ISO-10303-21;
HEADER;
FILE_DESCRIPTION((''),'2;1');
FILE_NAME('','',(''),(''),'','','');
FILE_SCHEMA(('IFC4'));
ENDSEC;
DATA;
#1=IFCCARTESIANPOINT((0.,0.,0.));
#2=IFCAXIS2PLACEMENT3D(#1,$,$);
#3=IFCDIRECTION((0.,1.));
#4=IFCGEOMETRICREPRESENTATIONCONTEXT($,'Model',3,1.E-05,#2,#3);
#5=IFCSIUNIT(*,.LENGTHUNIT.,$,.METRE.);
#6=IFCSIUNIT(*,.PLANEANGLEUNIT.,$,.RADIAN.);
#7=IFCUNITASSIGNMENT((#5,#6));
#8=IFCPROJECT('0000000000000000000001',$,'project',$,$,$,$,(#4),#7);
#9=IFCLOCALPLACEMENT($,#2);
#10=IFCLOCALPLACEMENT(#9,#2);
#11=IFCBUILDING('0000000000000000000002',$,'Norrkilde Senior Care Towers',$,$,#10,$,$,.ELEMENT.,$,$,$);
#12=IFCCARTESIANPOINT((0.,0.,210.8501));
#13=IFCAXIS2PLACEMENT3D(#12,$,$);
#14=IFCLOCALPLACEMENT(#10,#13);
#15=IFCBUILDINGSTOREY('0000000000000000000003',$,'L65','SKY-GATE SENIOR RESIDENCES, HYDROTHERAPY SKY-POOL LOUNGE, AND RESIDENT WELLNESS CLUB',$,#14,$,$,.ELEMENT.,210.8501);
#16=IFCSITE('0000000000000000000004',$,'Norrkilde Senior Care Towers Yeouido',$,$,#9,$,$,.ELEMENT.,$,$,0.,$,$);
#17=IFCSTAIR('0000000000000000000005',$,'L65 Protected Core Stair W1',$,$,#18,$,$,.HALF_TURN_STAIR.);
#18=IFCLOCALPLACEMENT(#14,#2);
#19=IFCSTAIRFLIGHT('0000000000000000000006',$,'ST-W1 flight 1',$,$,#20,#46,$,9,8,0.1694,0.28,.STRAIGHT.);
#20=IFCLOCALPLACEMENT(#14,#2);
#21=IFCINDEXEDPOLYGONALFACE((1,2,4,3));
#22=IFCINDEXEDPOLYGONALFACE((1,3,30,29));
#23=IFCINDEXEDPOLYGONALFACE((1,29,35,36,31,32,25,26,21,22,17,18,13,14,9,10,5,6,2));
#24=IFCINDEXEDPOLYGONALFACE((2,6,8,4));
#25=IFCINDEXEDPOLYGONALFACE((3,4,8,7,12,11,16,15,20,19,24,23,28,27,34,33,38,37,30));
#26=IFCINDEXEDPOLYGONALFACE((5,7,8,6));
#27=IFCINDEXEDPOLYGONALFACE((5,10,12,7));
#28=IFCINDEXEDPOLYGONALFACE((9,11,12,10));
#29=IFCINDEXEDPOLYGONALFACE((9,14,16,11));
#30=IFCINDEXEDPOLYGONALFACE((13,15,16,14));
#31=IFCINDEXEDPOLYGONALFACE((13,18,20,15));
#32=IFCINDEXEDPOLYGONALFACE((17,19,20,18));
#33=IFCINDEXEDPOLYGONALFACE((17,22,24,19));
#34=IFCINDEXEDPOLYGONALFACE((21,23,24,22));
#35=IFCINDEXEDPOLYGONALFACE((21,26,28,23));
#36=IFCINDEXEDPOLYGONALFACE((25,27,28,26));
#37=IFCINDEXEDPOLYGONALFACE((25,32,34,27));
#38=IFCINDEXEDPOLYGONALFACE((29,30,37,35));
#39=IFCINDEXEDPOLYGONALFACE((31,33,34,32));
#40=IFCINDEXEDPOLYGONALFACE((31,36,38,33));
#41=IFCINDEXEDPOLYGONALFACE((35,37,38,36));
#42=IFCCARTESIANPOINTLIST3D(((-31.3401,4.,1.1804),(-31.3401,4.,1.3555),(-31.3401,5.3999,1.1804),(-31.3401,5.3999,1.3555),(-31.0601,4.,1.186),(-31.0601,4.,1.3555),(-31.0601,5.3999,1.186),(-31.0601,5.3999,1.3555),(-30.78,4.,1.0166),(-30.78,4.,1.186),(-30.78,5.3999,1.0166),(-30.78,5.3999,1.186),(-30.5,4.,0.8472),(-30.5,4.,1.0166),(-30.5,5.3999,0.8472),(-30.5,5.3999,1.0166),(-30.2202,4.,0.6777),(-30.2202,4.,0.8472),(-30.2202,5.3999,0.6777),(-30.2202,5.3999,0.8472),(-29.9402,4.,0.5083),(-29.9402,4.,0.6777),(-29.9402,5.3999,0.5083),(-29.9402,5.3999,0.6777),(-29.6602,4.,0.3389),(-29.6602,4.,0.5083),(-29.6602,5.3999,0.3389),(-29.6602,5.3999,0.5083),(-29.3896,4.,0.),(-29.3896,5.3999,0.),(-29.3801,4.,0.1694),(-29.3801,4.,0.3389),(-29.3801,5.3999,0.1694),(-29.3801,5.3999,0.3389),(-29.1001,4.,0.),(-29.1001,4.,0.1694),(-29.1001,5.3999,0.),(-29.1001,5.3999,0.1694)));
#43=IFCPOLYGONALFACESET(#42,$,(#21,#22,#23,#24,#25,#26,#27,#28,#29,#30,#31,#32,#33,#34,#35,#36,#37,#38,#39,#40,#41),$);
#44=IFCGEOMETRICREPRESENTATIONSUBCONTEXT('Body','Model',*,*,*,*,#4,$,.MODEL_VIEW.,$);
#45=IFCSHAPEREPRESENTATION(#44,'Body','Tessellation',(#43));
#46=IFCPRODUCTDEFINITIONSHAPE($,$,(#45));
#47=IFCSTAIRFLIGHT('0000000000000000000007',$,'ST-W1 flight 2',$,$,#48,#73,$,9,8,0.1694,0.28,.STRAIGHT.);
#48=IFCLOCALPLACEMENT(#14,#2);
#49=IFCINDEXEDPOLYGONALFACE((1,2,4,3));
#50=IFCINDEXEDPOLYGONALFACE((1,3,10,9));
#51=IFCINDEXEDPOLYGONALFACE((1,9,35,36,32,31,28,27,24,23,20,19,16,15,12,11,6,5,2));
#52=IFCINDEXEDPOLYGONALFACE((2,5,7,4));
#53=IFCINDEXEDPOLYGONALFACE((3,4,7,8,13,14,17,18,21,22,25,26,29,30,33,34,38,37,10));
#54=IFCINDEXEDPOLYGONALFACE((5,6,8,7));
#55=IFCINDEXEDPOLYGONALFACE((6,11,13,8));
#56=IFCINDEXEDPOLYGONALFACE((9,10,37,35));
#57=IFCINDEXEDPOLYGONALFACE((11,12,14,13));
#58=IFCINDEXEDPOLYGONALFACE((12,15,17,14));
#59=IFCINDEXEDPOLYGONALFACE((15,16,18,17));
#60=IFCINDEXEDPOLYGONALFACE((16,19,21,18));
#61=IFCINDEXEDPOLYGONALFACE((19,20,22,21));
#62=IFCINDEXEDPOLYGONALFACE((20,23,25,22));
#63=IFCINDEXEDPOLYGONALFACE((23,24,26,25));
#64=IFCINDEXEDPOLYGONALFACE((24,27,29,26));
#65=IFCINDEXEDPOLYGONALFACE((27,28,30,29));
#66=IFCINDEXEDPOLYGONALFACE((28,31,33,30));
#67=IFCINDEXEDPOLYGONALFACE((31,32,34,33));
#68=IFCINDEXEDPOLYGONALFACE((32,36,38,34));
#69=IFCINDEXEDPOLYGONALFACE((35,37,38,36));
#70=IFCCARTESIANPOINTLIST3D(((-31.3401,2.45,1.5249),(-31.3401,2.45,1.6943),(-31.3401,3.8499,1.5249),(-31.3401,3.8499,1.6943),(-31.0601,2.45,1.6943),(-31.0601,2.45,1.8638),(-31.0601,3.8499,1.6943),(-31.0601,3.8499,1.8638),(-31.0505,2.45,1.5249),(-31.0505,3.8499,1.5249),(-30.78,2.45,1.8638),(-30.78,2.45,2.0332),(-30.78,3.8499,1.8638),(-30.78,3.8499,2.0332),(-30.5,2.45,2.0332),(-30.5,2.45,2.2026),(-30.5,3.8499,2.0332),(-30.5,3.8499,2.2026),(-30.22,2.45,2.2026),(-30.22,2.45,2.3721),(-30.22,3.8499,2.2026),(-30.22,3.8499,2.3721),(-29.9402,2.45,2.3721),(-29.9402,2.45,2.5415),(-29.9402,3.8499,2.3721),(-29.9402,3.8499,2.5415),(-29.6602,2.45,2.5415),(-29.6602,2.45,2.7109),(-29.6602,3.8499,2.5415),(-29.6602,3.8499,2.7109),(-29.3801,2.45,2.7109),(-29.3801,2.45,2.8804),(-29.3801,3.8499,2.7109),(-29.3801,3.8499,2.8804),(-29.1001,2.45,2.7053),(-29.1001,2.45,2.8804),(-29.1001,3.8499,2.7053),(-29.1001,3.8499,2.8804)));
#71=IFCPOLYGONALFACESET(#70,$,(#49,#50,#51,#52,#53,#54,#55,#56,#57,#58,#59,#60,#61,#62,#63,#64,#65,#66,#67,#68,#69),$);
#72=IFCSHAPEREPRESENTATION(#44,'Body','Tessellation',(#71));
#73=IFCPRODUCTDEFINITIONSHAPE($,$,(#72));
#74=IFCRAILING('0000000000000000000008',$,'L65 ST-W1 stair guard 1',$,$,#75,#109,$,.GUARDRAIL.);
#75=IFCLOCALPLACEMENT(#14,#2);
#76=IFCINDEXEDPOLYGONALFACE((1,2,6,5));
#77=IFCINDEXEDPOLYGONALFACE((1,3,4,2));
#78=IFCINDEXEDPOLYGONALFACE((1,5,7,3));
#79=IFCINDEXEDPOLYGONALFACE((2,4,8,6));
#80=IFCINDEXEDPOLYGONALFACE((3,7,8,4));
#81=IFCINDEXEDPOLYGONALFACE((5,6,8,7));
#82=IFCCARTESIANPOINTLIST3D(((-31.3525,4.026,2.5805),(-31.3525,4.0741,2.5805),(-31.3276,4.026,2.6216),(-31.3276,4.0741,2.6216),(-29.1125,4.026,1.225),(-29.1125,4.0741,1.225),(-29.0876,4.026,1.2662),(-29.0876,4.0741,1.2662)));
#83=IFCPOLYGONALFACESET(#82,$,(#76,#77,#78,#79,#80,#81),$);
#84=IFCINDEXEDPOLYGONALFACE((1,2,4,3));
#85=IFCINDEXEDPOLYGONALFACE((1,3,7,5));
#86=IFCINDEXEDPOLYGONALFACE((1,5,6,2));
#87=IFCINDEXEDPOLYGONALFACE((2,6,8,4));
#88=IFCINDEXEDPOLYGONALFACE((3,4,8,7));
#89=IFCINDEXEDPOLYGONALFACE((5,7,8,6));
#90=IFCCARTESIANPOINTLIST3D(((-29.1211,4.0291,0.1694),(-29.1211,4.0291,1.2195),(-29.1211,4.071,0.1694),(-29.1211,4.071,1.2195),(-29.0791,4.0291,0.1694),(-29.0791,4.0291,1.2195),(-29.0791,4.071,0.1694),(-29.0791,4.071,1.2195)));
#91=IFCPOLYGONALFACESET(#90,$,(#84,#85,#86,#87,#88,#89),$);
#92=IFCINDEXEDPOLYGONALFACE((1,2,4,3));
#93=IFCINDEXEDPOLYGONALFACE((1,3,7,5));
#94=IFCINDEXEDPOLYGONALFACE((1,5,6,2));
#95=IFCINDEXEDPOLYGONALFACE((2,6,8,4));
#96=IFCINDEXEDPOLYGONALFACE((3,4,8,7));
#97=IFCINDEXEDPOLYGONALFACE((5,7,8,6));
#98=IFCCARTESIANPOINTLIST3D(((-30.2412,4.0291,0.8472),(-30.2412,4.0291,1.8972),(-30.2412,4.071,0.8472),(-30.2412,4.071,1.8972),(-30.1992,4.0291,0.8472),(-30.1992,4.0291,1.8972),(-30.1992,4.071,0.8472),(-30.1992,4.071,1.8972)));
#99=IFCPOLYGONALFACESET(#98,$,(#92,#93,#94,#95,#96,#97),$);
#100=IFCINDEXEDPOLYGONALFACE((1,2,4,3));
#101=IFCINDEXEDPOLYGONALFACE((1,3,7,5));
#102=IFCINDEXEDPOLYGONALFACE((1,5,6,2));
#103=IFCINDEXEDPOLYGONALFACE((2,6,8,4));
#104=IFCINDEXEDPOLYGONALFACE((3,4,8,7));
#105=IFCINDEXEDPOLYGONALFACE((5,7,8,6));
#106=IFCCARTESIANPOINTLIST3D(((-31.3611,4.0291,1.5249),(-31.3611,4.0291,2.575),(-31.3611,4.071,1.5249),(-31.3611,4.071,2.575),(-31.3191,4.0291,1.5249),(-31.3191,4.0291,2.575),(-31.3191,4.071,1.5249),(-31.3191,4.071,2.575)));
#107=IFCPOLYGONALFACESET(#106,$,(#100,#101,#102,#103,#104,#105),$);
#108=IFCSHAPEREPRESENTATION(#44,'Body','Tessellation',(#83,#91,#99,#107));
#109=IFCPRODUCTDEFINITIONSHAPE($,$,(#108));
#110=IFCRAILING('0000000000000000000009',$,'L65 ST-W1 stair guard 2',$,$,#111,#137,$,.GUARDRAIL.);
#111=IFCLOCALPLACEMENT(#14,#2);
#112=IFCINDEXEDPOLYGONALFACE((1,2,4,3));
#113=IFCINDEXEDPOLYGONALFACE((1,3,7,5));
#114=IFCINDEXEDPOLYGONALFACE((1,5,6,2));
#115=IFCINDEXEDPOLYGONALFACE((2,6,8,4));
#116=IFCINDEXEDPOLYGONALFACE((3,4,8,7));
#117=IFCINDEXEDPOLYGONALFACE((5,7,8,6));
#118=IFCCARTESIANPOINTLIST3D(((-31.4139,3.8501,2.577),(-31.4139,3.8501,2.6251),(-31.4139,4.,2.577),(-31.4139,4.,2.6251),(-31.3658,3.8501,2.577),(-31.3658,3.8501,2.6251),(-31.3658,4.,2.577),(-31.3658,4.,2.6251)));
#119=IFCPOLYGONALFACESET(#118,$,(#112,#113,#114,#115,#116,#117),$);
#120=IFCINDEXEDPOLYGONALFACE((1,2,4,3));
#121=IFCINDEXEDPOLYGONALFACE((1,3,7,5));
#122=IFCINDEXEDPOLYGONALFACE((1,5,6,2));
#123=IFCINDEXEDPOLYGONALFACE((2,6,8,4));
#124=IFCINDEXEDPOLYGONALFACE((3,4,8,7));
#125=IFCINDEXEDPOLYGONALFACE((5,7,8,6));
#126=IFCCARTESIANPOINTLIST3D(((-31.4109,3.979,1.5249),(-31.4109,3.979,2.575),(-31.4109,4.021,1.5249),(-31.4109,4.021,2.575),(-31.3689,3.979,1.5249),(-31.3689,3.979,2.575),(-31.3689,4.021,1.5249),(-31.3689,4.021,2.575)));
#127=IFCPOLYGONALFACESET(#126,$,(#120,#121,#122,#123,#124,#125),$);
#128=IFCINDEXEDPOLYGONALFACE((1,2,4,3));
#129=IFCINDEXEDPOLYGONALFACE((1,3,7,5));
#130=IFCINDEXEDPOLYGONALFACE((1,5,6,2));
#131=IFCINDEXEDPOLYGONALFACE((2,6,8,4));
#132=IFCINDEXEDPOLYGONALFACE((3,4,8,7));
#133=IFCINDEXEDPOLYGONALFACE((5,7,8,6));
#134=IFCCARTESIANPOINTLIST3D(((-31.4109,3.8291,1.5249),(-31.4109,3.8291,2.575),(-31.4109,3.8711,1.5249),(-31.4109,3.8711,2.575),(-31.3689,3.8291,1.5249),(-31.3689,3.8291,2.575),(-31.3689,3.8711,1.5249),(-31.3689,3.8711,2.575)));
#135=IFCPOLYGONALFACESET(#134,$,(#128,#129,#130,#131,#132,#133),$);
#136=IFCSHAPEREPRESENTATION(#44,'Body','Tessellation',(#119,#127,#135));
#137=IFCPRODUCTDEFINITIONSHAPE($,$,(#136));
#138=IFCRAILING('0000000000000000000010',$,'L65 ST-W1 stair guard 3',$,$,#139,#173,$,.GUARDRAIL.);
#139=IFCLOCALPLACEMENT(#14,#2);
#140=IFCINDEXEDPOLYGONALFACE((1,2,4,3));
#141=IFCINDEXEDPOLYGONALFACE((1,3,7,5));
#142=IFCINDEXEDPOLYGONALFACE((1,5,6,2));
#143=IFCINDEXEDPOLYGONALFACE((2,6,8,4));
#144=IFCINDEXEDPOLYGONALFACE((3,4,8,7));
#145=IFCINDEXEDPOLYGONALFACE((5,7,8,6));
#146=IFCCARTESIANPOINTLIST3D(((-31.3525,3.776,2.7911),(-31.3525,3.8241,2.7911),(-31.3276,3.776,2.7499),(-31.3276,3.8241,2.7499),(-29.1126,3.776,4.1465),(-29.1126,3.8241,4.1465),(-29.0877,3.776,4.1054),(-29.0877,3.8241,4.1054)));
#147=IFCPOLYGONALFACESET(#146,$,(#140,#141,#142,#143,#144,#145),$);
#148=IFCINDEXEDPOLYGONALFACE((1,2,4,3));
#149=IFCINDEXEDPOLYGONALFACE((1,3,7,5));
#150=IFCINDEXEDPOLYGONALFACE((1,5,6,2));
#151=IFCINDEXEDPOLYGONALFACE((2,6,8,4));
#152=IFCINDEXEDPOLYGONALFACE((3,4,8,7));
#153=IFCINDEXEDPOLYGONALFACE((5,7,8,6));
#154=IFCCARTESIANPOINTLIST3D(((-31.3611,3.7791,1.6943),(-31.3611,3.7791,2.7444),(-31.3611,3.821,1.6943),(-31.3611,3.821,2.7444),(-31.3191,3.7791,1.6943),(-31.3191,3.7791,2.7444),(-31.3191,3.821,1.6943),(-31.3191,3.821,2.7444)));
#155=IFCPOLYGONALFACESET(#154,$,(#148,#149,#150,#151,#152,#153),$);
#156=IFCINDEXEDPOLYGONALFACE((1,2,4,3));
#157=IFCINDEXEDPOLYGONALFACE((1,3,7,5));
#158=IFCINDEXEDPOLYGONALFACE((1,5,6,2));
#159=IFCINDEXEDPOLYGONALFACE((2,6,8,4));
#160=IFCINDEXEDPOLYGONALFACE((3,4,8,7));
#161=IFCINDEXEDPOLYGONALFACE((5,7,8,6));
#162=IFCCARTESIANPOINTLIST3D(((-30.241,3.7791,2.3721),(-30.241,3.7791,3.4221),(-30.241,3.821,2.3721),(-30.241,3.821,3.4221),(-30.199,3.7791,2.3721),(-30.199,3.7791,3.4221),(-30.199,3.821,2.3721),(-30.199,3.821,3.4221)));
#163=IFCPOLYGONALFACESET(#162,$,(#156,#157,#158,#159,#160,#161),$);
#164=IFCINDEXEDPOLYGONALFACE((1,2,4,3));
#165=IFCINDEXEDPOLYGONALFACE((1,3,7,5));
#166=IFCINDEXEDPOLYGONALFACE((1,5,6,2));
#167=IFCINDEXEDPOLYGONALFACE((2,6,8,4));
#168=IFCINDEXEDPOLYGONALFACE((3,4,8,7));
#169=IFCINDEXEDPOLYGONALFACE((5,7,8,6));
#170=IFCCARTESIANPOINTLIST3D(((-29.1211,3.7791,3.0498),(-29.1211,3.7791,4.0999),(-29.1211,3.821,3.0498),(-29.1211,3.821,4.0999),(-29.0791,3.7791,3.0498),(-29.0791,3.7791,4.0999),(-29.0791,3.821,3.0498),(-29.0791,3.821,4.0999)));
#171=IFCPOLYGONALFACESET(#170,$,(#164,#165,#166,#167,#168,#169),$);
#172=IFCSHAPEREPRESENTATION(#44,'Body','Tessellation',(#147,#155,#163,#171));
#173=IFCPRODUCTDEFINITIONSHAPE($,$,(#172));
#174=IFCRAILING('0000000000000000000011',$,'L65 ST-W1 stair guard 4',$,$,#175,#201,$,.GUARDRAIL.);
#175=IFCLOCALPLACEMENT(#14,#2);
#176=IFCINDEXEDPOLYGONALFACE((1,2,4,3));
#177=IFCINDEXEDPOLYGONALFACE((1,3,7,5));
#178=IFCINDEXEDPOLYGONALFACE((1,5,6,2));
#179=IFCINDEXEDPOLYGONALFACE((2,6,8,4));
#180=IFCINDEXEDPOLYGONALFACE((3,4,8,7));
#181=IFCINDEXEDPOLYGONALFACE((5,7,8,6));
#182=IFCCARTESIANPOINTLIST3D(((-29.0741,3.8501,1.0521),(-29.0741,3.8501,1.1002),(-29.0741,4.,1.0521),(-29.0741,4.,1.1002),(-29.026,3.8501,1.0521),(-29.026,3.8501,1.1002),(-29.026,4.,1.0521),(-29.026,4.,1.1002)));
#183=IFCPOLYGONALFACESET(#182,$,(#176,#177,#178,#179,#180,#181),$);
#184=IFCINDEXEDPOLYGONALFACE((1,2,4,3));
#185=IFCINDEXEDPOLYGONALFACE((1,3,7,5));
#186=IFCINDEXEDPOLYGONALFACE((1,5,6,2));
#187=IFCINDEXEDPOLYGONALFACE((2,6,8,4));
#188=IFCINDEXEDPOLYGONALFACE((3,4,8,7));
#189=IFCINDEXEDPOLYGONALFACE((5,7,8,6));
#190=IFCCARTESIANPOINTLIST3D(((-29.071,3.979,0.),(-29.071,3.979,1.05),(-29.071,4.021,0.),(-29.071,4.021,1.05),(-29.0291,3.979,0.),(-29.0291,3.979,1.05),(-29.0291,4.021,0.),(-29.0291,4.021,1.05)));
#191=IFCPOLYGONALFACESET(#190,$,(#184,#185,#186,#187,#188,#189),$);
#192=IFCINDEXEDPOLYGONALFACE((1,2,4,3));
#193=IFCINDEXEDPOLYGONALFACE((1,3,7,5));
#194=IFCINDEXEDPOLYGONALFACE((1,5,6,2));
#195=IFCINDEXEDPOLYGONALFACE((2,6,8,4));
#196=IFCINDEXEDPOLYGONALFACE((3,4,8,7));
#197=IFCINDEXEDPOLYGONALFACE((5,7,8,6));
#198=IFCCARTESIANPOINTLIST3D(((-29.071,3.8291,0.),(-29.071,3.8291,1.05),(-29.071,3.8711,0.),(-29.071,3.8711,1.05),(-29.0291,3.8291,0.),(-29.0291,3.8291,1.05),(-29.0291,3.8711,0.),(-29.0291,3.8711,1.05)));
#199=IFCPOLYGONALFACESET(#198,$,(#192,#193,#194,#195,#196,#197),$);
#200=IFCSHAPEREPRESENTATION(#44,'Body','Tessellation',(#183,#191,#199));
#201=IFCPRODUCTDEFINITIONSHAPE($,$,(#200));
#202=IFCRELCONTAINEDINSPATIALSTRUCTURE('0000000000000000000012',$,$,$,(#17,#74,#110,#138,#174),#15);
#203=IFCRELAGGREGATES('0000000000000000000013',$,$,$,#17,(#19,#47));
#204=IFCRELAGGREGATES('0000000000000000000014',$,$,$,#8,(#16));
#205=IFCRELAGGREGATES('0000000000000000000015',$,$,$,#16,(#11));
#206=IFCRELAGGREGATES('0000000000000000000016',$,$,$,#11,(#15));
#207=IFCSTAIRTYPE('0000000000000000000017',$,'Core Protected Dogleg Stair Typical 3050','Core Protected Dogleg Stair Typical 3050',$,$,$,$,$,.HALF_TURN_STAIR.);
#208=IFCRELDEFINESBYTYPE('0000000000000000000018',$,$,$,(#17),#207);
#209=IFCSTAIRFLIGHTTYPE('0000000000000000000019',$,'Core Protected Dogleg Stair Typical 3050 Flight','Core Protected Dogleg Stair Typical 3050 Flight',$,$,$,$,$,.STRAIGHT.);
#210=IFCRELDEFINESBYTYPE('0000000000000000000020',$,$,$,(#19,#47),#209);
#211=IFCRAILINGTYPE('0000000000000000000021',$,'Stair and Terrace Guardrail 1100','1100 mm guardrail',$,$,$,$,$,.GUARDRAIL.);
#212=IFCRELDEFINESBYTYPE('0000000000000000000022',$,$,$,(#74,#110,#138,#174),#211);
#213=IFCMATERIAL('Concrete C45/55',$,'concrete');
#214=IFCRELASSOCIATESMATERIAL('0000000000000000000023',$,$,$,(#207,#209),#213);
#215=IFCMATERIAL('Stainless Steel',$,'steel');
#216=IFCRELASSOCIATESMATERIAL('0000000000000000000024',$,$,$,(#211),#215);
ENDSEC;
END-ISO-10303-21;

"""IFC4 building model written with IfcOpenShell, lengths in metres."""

from ifc_helpers import new_model, si_unit, direction, frame, origin, origin_2d, place, context, subcontext, project, spatial, polyline, rectangle, outline, extrude, material, type_object, element, aggregate, save


model = new_model("IFC4")

# Units and contexts
model_context = context("Model", 3, precision=1e-05, world=origin(), true_north=direction((0.0, 1.0)))
body_context = subcontext(model_context, "Body", "Model", "MODEL_VIEW")
ifc_project = project(units=[si_unit("LENGTHUNIT", "METRE"), si_unit("PLANEANGLEUNIT", "RADIAN")], contexts=[model_context])

# Site, building, storey
site_placement = place(None, origin())
site = spatial("IfcSite", under=ifc_project, at=site_placement, Name="Norrkilde Senior Care Towers Yeouido", CompositionType="ELEMENT", RefElevation=0.0)
building_placement = place(site_placement, origin())
building = spatial("IfcBuilding", under=site, at=building_placement, Name="Norrkilde Senior Care Towers", CompositionType="ELEMENT")
storey_placement = place(building_placement, frame((0.0, 0.0, 210.8501)))
storey = spatial("IfcBuildingStorey", under=building, at=storey_placement, Name="L65", Description="SKY-GATE SENIOR RESIDENCES, HYDROTHERAPY SKY-POOL LOUNGE, AND RESIDENT WELLNESS CLUB", CompositionType="ELEMENT", Elevation=210.8501)

# Shared definitions
ifc_material_1 = material(Name="Concrete C45/55", Category="concrete")

# Shared definitions
ifc_material_2 = material(Name="Stainless Steel", Category="steel")

# Stair, stair flights
stair_type = type_object("IfcStairType", Name="Core Protected Dogleg Stair Typical 3050", Description="Core Protected Dogleg Stair Typical 3050", PredefinedType="HALF_TURN_STAIR", material=ifc_material_1)
stair_placement = place(storey_placement, origin())
stair = element("IfcStair", 1, at=stair_placement, inside=storey, type_object=stair_type, Name="L65 Protected Core Stair W1", PredefinedType="HALF_TURN_STAIR")
stair_flight_type = type_object("IfcStairFlightType", Name="Core Protected Dogleg Stair Typical 3050 Flight", Description="Core Protected Dogleg Stair Typical 3050 Flight", PredefinedType="STRAIGHT", material=ifc_material_1)
stair_flight_1_placement = place(storey_placement, frame((-29.1001, 4.7, 0.0), z_axis=(0.0, 0.0, 1.0), x_axis=(-1.0, 0.0, 0.0)))
stair_flight_1 = element("IfcStairFlight", 2, at=stair_flight_1_placement, type_object=stair_flight_type, Name="ST-W1 flight 1", NumberOfRisers=9, NumberOfTreads=8, PredefinedType="STRAIGHT", RiserHeight=0.1694, TreadLength=0.28, context=body_context, shape_type="SweptSolid", body=[
    extrude(outline(polyline([(0.0, 0.0), (0.0, 0.1694), (0.28, 0.1694), (0.28, 0.3389), (0.5601, 0.3389), (0.5601, 0.5083), (0.8401, 0.5083), (0.8401, 0.6777), (1.1201, 0.6777), (1.1201, 0.8472), (1.3999, 0.8472), (1.3999, 1.0166), (1.6799, 1.0166), (1.6799, 1.186), (1.96, 1.186), (1.96, 1.3555), (2.24, 1.3555), (2.24, 1.5249), (2.24, 1.1804), (0.2896, 0.0), (0.0, 0.0)])), frame((0.0, 0.7, 0.0), z_axis=(0.0, -1.0, 0.0), x_axis=(1.0, 0.0, 0.0)), (0.0, 0.0, 1.0), 1.3999),
])
stair_flight_2_placement = place(storey_placement, frame((-31.3401, 3.1499, 1.5249), z_axis=(0.0, 0.0, 1.0), x_axis=(1.0, 0.0, 0.0)))
stair_flight_2 = element("IfcStairFlight", 3, at=stair_flight_2_placement, type_object=stair_flight_type, Name="ST-W1 flight 2", NumberOfRisers=9, NumberOfTreads=8, PredefinedType="STRAIGHT", RiserHeight=0.1694, TreadLength=0.28, context=body_context, shape_type="SweptSolid", body=[
    extrude(outline(polyline([(0.0, 0.0), (0.0, 0.1694), (0.28, 0.1694), (0.28, 0.3389), (0.5601, 0.3389), (0.5601, 0.5083), (0.8401, 0.5083), (0.8401, 0.6777), (1.1201, 0.6777), (1.1201, 0.8472), (1.3999, 0.8472), (1.3999, 1.0166), (1.6799, 1.0166), (1.6799, 1.186), (1.96, 1.186), (1.96, 1.3555), (2.24, 1.3555), (2.24, 1.5249), (2.24, 1.1804), (0.2896, 0.0), (0.0, 0.0)])), frame((0.0, 0.7, 0.0), z_axis=(0.0, -1.0, 0.0), x_axis=(1.0, 0.0, 0.0)), (0.0, 0.0, 1.0), 1.3999),
])
aggregate(stair, [stair_flight_1, stair_flight_2])

# Railings
railing_type_1 = type_object("IfcRailingType", Name="Stair and Terrace Guardrail 1100", Description="1100 mm guardrail", PredefinedType="GUARDRAIL", material=ifc_material_2)
railing_1_placement = place(storey_placement, frame((-29.1001, 4.05, 0.1694)))
element("IfcRailing", 4, at=railing_1_placement, inside=storey, type_object=railing_type_1, Name="L65 ST-W1 stair guard 1", PredefinedType="GUARDRAIL", context=body_context, shape_type="SweptSolid", body=[
    extrude(rectangle(XDim=0.0481, YDim=0.0481, at=origin_2d()), frame((0.0, 0.0, 1.0762), z_axis=(-0.855553, 0.0, 0.517715), x_axis=(0.0, -1.0, 0.0)), (0.0, 0.0, 1.0), 2.6182),
    extrude(rectangle(XDim=0.042, YDim=0.042, at=origin_2d()), origin(), (0.0, 0.0, 1.0), 1.05),
    extrude(rectangle(XDim=0.042, YDim=0.042, at=origin_2d()), frame((-1.1201, 0.0, 0.6777)), (0.0, 0.0, 1.0), 1.05),
    extrude(rectangle(XDim=0.042, YDim=0.042, at=origin_2d()), frame((-2.24, 0.0, 1.3555)), (0.0, 0.0, 1.0), 1.05),
])
railing_2_placement = place(storey_placement, frame((-31.3899, 4.0, 1.5249)))
element("IfcRailing", 5, at=railing_2_placement, inside=storey, type_object=railing_type_1, Name="L65 ST-W1 stair guard 2", PredefinedType="GUARDRAIL", context=body_context, shape_type="SweptSolid", body=[
    extrude(rectangle(XDim=0.0481, YDim=0.0481, at=origin_2d()), frame((0.0, 0.0, 1.0762), z_axis=(0.0, -1.0, 0.0), x_axis=(1.0, 0.0, 0.0)), (0.0, 0.0, 1.0), 0.1499),
    extrude(rectangle(XDim=0.042, YDim=0.042, at=origin_2d()), origin(), (0.0, 0.0, 1.0), 1.05),
    extrude(rectangle(XDim=0.042, YDim=0.042, at=origin_2d()), frame((0.0, -0.1499, 0.0)), (0.0, 0.0, 1.0), 1.05),
])
railing_3_placement = place(storey_placement, frame((-31.3401, 3.8, 1.6943)))
element("IfcRailing", 6, at=railing_3_placement, inside=storey, type_object=railing_type_1, Name="L65 ST-W1 stair guard 3", PredefinedType="GUARDRAIL", context=body_context, shape_type="SweptSolid", body=[
    extrude(rectangle(XDim=0.0481, YDim=0.0481, at=origin_2d()), frame((0.0, 0.0, 1.0762), z_axis=(0.855553, 0.0, 0.517715), x_axis=(0.0, 1.0, 0.0)), (0.0, 0.0, 1.0), 2.6182),
    extrude(rectangle(XDim=0.042, YDim=0.042, at=origin_2d()), origin(), (0.0, 0.0, 1.0), 1.05),
    extrude(rectangle(XDim=0.042, YDim=0.042, at=origin_2d()), frame((1.1201, 0.0, 0.6777)), (0.0, 0.0, 1.0), 1.05),
    extrude(rectangle(XDim=0.042, YDim=0.042, at=origin_2d()), frame((2.24, 0.0, 1.3555)), (0.0, 0.0, 1.0), 1.05),
])
railing_4_placement = place(storey_placement, frame((-29.05, 4.0, 0.0)))
element("IfcRailing", 7, at=railing_4_placement, inside=storey, type_object=railing_type_1, Name="L65 ST-W1 stair guard 4", PredefinedType="GUARDRAIL", context=body_context, shape_type="SweptSolid", body=[
    extrude(rectangle(XDim=0.0481, YDim=0.0481, at=origin_2d()), frame((0.0, 0.0, 1.0762), z_axis=(0.0, -1.0, 0.0), x_axis=(1.0, 0.0, 0.0)), (0.0, 0.0, 1.0), 0.1499),
    extrude(rectangle(XDim=0.042, YDim=0.042, at=origin_2d()), origin(), (0.0, 0.0, 1.0), 1.05),
    extrude(rectangle(XDim=0.042, YDim=0.042, at=origin_2d()), frame((0.0, -0.1499, 0.0)), (0.0, 0.0, 1.0), 1.05),
])

save(model, "model.ifc")
